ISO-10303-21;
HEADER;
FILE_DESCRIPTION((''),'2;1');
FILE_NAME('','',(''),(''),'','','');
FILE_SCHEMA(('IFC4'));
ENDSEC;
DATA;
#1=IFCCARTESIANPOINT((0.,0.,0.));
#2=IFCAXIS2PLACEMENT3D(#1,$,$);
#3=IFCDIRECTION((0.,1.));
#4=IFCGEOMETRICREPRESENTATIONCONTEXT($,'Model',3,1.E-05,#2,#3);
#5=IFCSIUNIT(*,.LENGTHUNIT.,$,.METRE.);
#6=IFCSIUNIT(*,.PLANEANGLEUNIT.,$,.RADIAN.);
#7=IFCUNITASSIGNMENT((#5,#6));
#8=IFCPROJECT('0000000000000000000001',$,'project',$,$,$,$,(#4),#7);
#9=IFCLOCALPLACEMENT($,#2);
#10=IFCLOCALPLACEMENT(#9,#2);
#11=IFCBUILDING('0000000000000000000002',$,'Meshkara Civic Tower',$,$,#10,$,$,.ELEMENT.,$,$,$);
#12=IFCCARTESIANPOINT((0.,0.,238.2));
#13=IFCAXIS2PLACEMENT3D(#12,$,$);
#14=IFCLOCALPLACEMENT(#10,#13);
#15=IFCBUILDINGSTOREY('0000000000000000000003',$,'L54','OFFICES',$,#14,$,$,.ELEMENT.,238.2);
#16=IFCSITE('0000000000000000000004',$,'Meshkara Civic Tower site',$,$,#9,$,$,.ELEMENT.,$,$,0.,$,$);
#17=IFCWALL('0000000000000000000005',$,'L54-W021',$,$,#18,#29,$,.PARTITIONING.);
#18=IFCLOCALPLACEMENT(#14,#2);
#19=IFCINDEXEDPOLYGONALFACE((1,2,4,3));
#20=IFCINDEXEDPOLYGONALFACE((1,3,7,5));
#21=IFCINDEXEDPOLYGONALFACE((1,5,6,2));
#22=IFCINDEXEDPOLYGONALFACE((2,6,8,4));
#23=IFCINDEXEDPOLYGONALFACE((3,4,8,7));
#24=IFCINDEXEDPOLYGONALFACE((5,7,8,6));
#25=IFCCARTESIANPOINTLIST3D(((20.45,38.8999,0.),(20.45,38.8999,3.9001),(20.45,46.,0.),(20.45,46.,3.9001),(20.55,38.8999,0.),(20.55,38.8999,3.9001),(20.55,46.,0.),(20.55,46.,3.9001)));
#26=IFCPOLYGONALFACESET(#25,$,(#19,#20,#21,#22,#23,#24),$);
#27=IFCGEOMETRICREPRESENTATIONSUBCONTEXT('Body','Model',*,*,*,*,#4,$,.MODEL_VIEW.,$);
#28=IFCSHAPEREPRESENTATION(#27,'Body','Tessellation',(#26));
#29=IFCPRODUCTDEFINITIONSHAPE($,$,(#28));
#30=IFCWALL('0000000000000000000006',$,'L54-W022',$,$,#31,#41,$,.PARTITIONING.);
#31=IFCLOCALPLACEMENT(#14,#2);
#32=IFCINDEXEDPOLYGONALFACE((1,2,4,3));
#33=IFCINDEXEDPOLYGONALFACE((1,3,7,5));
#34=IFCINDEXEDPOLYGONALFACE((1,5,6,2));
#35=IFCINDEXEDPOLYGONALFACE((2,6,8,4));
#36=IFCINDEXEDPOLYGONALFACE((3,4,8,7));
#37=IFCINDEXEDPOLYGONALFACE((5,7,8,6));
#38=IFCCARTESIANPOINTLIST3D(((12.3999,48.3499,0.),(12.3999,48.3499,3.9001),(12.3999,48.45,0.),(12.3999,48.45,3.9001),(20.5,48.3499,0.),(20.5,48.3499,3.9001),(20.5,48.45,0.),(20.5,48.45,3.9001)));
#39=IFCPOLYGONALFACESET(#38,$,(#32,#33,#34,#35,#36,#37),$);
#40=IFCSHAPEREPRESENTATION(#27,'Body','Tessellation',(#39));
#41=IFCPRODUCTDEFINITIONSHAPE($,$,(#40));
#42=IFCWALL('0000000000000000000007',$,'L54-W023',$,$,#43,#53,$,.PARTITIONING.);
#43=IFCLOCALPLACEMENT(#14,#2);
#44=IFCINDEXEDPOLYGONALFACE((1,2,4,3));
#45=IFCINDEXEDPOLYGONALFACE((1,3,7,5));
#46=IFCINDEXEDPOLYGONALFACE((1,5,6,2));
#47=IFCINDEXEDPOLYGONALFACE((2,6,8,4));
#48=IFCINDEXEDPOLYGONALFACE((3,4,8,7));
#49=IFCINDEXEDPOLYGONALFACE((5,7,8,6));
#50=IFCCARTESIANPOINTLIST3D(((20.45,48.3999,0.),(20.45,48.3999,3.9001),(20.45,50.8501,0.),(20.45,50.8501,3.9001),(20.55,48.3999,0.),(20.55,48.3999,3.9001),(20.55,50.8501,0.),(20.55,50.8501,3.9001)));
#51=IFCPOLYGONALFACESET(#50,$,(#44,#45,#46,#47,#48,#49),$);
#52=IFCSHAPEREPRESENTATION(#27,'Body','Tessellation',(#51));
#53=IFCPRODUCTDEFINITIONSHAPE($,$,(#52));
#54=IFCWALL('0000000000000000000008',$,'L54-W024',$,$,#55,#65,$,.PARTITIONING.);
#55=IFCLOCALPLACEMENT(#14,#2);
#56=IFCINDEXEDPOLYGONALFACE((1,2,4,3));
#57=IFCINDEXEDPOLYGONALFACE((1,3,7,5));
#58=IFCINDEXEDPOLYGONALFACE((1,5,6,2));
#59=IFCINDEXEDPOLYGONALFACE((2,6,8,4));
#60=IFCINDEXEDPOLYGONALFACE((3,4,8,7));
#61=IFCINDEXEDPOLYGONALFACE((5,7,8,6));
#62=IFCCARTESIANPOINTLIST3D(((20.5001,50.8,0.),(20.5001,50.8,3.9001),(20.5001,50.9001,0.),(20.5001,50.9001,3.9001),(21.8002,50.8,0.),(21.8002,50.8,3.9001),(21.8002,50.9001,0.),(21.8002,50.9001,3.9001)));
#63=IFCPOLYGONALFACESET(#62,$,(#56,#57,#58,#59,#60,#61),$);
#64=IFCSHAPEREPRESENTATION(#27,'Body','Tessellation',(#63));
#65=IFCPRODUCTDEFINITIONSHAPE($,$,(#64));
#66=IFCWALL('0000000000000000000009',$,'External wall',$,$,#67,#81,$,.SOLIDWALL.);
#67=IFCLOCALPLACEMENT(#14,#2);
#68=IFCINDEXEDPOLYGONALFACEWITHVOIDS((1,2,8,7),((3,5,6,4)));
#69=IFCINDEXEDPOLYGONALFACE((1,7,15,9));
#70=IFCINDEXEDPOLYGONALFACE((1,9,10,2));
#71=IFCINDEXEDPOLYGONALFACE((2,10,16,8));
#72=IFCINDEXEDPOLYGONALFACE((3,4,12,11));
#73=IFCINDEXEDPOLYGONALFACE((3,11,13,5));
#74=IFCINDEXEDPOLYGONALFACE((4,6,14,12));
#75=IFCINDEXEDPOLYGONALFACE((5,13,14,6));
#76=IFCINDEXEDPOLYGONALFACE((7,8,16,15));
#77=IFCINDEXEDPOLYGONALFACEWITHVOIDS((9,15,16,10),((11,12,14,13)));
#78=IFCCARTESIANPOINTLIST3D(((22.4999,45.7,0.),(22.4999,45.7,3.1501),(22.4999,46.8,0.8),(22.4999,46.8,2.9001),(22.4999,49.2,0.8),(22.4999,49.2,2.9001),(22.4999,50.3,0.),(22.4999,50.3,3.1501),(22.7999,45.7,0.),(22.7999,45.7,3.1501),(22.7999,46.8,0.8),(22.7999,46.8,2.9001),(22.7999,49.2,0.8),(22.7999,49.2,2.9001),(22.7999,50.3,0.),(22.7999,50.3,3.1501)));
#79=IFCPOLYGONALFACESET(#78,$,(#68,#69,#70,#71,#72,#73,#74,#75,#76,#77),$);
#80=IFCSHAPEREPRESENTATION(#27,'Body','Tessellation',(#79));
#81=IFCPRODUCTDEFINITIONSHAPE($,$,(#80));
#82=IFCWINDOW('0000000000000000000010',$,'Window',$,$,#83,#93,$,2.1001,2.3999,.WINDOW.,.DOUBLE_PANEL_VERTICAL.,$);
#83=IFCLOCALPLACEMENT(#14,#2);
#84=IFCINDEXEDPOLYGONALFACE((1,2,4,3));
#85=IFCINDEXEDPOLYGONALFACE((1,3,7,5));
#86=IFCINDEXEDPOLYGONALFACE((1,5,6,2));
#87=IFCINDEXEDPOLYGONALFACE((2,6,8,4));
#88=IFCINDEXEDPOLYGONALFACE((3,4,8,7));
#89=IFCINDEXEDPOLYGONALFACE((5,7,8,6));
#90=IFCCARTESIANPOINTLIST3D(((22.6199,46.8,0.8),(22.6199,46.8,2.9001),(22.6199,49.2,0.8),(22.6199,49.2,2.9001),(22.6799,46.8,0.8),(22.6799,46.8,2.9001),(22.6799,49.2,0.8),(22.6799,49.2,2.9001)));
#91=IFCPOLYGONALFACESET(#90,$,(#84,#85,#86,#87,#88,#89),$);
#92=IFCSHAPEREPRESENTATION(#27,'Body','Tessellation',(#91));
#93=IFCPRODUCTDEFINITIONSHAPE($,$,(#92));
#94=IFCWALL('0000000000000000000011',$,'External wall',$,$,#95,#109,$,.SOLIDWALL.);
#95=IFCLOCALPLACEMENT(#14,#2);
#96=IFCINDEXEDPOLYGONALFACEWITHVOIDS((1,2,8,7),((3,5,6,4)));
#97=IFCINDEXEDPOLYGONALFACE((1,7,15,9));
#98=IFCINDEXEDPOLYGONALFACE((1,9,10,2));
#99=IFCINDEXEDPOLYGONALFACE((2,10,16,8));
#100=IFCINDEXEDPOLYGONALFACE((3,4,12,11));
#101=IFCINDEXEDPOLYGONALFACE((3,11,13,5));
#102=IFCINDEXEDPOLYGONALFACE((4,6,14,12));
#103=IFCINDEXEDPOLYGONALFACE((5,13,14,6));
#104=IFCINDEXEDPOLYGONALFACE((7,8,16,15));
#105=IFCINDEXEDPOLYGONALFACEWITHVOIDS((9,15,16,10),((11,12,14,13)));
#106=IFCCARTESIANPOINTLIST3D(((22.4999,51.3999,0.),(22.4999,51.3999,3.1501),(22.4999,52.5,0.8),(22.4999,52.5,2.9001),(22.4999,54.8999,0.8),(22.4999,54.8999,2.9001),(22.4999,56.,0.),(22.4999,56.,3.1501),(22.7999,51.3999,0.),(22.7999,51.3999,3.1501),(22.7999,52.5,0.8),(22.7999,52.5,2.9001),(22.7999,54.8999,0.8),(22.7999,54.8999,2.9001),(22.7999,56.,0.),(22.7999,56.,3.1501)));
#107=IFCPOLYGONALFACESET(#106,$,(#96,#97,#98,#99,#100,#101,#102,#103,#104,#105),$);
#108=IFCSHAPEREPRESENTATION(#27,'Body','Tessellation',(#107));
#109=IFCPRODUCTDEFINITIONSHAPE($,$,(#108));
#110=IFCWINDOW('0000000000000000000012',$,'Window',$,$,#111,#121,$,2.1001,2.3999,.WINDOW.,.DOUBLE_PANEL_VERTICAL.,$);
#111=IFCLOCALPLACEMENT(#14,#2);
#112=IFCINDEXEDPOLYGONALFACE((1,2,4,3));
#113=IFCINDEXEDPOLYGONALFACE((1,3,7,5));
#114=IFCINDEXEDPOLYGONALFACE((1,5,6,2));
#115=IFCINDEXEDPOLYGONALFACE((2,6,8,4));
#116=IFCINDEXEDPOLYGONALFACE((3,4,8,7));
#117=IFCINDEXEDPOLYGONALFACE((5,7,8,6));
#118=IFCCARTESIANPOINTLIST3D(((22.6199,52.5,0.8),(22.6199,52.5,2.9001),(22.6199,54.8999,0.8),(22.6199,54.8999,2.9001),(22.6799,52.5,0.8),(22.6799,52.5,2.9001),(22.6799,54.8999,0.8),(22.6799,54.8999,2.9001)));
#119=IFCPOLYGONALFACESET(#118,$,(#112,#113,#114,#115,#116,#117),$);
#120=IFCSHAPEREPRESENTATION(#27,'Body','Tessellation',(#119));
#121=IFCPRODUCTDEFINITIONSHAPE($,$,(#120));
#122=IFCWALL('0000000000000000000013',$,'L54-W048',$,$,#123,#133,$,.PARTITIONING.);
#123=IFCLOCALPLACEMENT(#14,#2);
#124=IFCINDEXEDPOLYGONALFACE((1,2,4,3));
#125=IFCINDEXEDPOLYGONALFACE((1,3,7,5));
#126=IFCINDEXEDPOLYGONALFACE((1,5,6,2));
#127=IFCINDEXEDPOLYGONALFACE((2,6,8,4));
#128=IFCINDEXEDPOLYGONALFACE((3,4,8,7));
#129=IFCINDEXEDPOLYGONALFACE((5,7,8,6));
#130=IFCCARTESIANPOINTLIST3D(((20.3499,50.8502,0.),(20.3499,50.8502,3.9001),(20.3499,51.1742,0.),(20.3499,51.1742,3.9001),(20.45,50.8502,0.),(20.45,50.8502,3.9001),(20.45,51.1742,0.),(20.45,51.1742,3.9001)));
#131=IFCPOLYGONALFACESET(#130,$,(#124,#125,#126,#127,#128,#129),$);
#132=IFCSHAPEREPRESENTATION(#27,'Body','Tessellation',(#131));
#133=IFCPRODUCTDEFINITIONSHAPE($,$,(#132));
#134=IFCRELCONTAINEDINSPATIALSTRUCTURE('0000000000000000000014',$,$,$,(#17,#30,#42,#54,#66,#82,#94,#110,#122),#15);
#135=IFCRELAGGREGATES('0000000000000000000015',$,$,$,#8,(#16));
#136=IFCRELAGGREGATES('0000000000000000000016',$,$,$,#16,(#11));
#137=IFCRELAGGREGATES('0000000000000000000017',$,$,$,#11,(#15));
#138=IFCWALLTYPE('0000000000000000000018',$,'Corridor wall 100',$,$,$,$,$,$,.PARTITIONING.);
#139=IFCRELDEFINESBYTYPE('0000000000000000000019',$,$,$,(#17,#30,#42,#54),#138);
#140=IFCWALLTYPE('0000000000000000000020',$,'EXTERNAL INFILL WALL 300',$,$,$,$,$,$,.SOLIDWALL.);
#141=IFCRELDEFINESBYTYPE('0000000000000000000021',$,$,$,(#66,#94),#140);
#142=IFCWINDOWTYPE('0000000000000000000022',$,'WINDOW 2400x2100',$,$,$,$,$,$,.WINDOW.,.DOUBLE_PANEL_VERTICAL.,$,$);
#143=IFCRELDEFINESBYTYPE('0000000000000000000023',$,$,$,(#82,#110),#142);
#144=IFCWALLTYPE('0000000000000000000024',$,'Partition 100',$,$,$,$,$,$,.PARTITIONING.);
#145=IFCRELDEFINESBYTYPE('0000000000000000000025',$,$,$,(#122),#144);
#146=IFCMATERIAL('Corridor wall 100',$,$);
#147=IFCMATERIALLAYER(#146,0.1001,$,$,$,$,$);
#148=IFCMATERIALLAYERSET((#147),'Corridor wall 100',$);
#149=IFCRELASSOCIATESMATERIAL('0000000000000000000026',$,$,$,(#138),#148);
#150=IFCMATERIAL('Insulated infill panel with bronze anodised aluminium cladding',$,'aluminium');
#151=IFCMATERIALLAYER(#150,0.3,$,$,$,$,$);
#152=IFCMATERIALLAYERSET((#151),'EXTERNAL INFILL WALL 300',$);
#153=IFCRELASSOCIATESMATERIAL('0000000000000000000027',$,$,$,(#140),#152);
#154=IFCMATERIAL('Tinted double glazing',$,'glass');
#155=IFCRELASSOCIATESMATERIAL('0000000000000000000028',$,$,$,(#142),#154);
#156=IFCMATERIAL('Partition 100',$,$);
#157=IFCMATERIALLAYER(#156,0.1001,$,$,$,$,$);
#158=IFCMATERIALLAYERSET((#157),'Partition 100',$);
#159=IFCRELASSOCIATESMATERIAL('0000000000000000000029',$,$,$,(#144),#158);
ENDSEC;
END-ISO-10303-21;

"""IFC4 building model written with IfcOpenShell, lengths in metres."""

from ifc_helpers import new_model, si_unit, direction, frame, frame_2d, origin, place, context, subcontext, project, spatial, rectangle, extrude, material, layer, layer_set, type_object, element, fill, save


model = new_model("IFC4")

# Units and contexts
model_context = context("Model", 3, precision=1e-05, world=origin(), true_north=direction((0.0, 1.0)))
body_context = subcontext(model_context, "Body", "Model", "MODEL_VIEW")
ifc_project = project(units=[si_unit("LENGTHUNIT", "METRE"), si_unit("PLANEANGLEUNIT", "RADIAN")], contexts=[model_context])

# Site, building, storey
site_placement = place(None, origin())
site = spatial("IfcSite", under=ifc_project, at=site_placement, Name="Meshkara Civic Tower site", CompositionType="ELEMENT", RefElevation=0.0)
building_placement = place(site_placement, origin())
building = spatial("IfcBuilding", under=site, at=building_placement, Name="Meshkara Civic Tower", CompositionType="ELEMENT")
storey_placement = place(building_placement, frame((0.0, 0.0, 238.2)))
storey = spatial("IfcBuildingStorey", under=building, at=storey_placement, Name="L54", Description="OFFICES", CompositionType="ELEMENT", Elevation=238.2)

# Shared definitions
ifc_material_1 = material(Name="Corridor wall 100")
ifc_layer_1 = layer(ifc_material_1, 0.1001)
ifc_layer_set_1 = layer_set([ifc_layer_1], Name="Corridor wall 100")
wall_type_1 = type_object("IfcWallType", Name="Corridor wall 100", PredefinedType="PARTITIONING", material=ifc_layer_set_1)

# Walls
wall_1_placement = place(storey_placement, frame((20.5, 46.0, 0.0), z_axis=(0.0, 0.0, 1.0), x_axis=(0.0, -1.0, 0.0)))
element("IfcWall", 1, at=wall_1_placement, inside=storey, type_object=wall_type_1, Name="L54-W021", PredefinedType="PARTITIONING", context=body_context, shape_type="SweptSolid", body=[
    extrude(rectangle(XDim=7.1001, YDim=0.1001, at=frame_2d((3.55, 0.0))), origin(), (0.0, 0.0, 1.0), 3.9001),
])
wall_2_placement = place(storey_placement, frame((20.5, 48.3999, 0.0), z_axis=(0.0, 0.0, 1.0), x_axis=(-1.0, 0.0, 0.0)))
element("IfcWall", 2, at=wall_2_placement, inside=storey, type_object=wall_type_1, Name="L54-W022", PredefinedType="PARTITIONING", context=body_context, shape_type="SweptSolid", body=[
    extrude(rectangle(XDim=8.1001, YDim=0.1001, at=frame_2d((4.05, 0.0))), origin(), (0.0, 0.0, 1.0), 3.9001),
])
wall_3_placement = place(storey_placement, frame((20.5, 50.8501, 0.0), z_axis=(0.0, 0.0, 1.0), x_axis=(0.0, -1.0, 0.0)))
element("IfcWall", 3, at=wall_3_placement, inside=storey, type_object=wall_type_1, Name="L54-W023", PredefinedType="PARTITIONING", context=body_context, shape_type="SweptSolid", body=[
    extrude(rectangle(XDim=2.4502, YDim=0.1001, at=frame_2d((1.2251, 0.0))), origin(), (0.0, 0.0, 1.0), 3.9001),
])
wall_4_placement = place(storey_placement, frame((21.8, 50.8501, 0.0), z_axis=(0.0, 0.0, 1.0), x_axis=(-1.0, 0.0, 0.0)))
element("IfcWall", 4, at=wall_4_placement, inside=storey, type_object=wall_type_1, Name="L54-W024", PredefinedType="PARTITIONING", context=body_context, shape_type="SweptSolid", body=[
    extrude(rectangle(XDim=1.3, YDim=0.1001, at=frame_2d((0.6499, 0.0))), origin(), (0.0, 0.0, 1.0), 3.9001),
])

# Walls, openings, windows
ifc_material_2 = material(Name="Insulated infill panel with bronze anodised aluminium cladding", Category="aluminium")
ifc_layer_2 = layer(ifc_material_2, 0.3)
ifc_layer_set_2 = layer_set([ifc_layer_2], Name="EXTERNAL INFILL WALL 300")
wall_type_2 = type_object("IfcWallType", Name="EXTERNAL INFILL WALL 300", PredefinedType="SOLIDWALL", material=ifc_layer_set_2)
wall_5_placement = place(storey_placement, frame((22.6499, 45.7, 0.0), z_axis=(0.0, 0.0, 1.0), x_axis=(0.0, 1.0, 0.0)))
wall_5 = element("IfcWall", 5, at=wall_5_placement, inside=storey, type_object=wall_type_2, Name="External wall", PredefinedType="SOLIDWALL", context=body_context, shape_type="SweptSolid", body=[
    extrude(rectangle(XDim=4.6001, YDim=0.3, at=frame_2d((2.3, 0.0))), origin(), (0.0, 0.0, 1.0), 3.1501),
])
opening_1_placement = place(wall_5_placement, frame((1.1001, 0.0, 0.8)))
opening_1 = element("IfcOpeningElement", 6, at=opening_1_placement, cuts=wall_5, PredefinedType="OPENING", context=body_context, shape_type="SweptSolid", body=[
    extrude(rectangle(XDim=2.3999, YDim=2.1001, at=frame_2d((1.2, 1.05))), frame((0.0, 0.1599, 0.0), z_axis=(0.0, -1.0, 0.0), x_axis=(1.0, 0.0, 0.0)), (0.0, 0.0, 1.0), 0.3201),
])
ifc_material_3 = material(Name="Tinted double glazing", Category="glass")
window_type = type_object("IfcWindowType", Name="WINDOW 2400x2100", PartitioningType="DOUBLE_PANEL_VERTICAL", PredefinedType="WINDOW", material=ifc_material_3)
window_1_placement = place(opening_1_placement, origin())
window_1 = element("IfcWindow", 7, at=window_1_placement, inside=storey, type_object=window_type, Name="Window", OverallHeight=2.1001, OverallWidth=2.3999, PartitioningType="DOUBLE_PANEL_VERTICAL", PredefinedType="WINDOW", context=body_context, shape_type="SweptSolid", body=[
    extrude(rectangle(XDim=2.3999, YDim=2.1001, at=frame_2d((1.2, 1.05))), frame((0.0, 0.03, 0.0), z_axis=(0.0, -1.0, 0.0), x_axis=(1.0, 0.0, 0.0)), (0.0, 0.0, 1.0), 0.0601),
])
fill(opening_1, window_1)
wall_6_placement = place(storey_placement, frame((22.6499, 51.3999, 0.0), z_axis=(0.0, 0.0, 1.0), x_axis=(0.0, 1.0, 0.0)))
wall_6 = element("IfcWall", 8, at=wall_6_placement, inside=storey, type_object=wall_type_2, Name="External wall", PredefinedType="SOLIDWALL", context=body_context, shape_type="SweptSolid", body=[
    extrude(rectangle(XDim=4.6001, YDim=0.3, at=frame_2d((2.3, 0.0))), origin(), (0.0, 0.0, 1.0), 3.1501),
])
opening_2_placement = place(wall_6_placement, frame((1.1001, 0.0, 0.8)))
opening_2 = element("IfcOpeningElement", 9, at=opening_2_placement, cuts=wall_6, PredefinedType="OPENING", context=body_context, shape_type="SweptSolid", body=[
    extrude(rectangle(XDim=2.3999, YDim=2.1001, at=frame_2d((1.2, 1.05))), frame((0.0, 0.1599, 0.0), z_axis=(0.0, -1.0, 0.0), x_axis=(1.0, 0.0, 0.0)), (0.0, 0.0, 1.0), 0.3201),
])
window_2_placement = place(opening_2_placement, origin())
window_2 = element("IfcWindow", 10, at=window_2_placement, inside=storey, type_object=window_type, Name="Window", OverallHeight=2.1001, OverallWidth=2.3999, PartitioningType="DOUBLE_PANEL_VERTICAL", PredefinedType="WINDOW", context=body_context, shape_type="SweptSolid", body=[
    extrude(rectangle(XDim=2.3999, YDim=2.1001, at=frame_2d((1.2, 1.05))), frame((0.0, 0.03, 0.0), z_axis=(0.0, -1.0, 0.0), x_axis=(1.0, 0.0, 0.0)), (0.0, 0.0, 1.0), 0.0601),
])
fill(opening_2, window_2)

# Wall
ifc_material_4 = material(Name="Partition 100")
ifc_layer_3 = layer(ifc_material_4, 0.1001)
ifc_layer_set_3 = layer_set([ifc_layer_3], Name="Partition 100")
wall_type_3 = type_object("IfcWallType", Name="Partition 100", PredefinedType="PARTITIONING", material=ifc_layer_set_3)
wall_7_placement = place(storey_placement, frame((20.3999, 50.8501, 0.0), z_axis=(0.0, 0.0, 1.0), x_axis=(0.0, 1.0, 0.0)))
element("IfcWall", 11, at=wall_7_placement, inside=storey, type_object=wall_type_3, Name="L54-W048", PredefinedType="PARTITIONING", context=body_context, shape_type="SweptSolid", body=[
    extrude(rectangle(XDim=0.324, YDim=0.1001, at=frame_2d((0.1621, 0.0))), origin(), (0.0, 0.0, 1.0), 3.9001),
])

save(model, "model.ifc")
